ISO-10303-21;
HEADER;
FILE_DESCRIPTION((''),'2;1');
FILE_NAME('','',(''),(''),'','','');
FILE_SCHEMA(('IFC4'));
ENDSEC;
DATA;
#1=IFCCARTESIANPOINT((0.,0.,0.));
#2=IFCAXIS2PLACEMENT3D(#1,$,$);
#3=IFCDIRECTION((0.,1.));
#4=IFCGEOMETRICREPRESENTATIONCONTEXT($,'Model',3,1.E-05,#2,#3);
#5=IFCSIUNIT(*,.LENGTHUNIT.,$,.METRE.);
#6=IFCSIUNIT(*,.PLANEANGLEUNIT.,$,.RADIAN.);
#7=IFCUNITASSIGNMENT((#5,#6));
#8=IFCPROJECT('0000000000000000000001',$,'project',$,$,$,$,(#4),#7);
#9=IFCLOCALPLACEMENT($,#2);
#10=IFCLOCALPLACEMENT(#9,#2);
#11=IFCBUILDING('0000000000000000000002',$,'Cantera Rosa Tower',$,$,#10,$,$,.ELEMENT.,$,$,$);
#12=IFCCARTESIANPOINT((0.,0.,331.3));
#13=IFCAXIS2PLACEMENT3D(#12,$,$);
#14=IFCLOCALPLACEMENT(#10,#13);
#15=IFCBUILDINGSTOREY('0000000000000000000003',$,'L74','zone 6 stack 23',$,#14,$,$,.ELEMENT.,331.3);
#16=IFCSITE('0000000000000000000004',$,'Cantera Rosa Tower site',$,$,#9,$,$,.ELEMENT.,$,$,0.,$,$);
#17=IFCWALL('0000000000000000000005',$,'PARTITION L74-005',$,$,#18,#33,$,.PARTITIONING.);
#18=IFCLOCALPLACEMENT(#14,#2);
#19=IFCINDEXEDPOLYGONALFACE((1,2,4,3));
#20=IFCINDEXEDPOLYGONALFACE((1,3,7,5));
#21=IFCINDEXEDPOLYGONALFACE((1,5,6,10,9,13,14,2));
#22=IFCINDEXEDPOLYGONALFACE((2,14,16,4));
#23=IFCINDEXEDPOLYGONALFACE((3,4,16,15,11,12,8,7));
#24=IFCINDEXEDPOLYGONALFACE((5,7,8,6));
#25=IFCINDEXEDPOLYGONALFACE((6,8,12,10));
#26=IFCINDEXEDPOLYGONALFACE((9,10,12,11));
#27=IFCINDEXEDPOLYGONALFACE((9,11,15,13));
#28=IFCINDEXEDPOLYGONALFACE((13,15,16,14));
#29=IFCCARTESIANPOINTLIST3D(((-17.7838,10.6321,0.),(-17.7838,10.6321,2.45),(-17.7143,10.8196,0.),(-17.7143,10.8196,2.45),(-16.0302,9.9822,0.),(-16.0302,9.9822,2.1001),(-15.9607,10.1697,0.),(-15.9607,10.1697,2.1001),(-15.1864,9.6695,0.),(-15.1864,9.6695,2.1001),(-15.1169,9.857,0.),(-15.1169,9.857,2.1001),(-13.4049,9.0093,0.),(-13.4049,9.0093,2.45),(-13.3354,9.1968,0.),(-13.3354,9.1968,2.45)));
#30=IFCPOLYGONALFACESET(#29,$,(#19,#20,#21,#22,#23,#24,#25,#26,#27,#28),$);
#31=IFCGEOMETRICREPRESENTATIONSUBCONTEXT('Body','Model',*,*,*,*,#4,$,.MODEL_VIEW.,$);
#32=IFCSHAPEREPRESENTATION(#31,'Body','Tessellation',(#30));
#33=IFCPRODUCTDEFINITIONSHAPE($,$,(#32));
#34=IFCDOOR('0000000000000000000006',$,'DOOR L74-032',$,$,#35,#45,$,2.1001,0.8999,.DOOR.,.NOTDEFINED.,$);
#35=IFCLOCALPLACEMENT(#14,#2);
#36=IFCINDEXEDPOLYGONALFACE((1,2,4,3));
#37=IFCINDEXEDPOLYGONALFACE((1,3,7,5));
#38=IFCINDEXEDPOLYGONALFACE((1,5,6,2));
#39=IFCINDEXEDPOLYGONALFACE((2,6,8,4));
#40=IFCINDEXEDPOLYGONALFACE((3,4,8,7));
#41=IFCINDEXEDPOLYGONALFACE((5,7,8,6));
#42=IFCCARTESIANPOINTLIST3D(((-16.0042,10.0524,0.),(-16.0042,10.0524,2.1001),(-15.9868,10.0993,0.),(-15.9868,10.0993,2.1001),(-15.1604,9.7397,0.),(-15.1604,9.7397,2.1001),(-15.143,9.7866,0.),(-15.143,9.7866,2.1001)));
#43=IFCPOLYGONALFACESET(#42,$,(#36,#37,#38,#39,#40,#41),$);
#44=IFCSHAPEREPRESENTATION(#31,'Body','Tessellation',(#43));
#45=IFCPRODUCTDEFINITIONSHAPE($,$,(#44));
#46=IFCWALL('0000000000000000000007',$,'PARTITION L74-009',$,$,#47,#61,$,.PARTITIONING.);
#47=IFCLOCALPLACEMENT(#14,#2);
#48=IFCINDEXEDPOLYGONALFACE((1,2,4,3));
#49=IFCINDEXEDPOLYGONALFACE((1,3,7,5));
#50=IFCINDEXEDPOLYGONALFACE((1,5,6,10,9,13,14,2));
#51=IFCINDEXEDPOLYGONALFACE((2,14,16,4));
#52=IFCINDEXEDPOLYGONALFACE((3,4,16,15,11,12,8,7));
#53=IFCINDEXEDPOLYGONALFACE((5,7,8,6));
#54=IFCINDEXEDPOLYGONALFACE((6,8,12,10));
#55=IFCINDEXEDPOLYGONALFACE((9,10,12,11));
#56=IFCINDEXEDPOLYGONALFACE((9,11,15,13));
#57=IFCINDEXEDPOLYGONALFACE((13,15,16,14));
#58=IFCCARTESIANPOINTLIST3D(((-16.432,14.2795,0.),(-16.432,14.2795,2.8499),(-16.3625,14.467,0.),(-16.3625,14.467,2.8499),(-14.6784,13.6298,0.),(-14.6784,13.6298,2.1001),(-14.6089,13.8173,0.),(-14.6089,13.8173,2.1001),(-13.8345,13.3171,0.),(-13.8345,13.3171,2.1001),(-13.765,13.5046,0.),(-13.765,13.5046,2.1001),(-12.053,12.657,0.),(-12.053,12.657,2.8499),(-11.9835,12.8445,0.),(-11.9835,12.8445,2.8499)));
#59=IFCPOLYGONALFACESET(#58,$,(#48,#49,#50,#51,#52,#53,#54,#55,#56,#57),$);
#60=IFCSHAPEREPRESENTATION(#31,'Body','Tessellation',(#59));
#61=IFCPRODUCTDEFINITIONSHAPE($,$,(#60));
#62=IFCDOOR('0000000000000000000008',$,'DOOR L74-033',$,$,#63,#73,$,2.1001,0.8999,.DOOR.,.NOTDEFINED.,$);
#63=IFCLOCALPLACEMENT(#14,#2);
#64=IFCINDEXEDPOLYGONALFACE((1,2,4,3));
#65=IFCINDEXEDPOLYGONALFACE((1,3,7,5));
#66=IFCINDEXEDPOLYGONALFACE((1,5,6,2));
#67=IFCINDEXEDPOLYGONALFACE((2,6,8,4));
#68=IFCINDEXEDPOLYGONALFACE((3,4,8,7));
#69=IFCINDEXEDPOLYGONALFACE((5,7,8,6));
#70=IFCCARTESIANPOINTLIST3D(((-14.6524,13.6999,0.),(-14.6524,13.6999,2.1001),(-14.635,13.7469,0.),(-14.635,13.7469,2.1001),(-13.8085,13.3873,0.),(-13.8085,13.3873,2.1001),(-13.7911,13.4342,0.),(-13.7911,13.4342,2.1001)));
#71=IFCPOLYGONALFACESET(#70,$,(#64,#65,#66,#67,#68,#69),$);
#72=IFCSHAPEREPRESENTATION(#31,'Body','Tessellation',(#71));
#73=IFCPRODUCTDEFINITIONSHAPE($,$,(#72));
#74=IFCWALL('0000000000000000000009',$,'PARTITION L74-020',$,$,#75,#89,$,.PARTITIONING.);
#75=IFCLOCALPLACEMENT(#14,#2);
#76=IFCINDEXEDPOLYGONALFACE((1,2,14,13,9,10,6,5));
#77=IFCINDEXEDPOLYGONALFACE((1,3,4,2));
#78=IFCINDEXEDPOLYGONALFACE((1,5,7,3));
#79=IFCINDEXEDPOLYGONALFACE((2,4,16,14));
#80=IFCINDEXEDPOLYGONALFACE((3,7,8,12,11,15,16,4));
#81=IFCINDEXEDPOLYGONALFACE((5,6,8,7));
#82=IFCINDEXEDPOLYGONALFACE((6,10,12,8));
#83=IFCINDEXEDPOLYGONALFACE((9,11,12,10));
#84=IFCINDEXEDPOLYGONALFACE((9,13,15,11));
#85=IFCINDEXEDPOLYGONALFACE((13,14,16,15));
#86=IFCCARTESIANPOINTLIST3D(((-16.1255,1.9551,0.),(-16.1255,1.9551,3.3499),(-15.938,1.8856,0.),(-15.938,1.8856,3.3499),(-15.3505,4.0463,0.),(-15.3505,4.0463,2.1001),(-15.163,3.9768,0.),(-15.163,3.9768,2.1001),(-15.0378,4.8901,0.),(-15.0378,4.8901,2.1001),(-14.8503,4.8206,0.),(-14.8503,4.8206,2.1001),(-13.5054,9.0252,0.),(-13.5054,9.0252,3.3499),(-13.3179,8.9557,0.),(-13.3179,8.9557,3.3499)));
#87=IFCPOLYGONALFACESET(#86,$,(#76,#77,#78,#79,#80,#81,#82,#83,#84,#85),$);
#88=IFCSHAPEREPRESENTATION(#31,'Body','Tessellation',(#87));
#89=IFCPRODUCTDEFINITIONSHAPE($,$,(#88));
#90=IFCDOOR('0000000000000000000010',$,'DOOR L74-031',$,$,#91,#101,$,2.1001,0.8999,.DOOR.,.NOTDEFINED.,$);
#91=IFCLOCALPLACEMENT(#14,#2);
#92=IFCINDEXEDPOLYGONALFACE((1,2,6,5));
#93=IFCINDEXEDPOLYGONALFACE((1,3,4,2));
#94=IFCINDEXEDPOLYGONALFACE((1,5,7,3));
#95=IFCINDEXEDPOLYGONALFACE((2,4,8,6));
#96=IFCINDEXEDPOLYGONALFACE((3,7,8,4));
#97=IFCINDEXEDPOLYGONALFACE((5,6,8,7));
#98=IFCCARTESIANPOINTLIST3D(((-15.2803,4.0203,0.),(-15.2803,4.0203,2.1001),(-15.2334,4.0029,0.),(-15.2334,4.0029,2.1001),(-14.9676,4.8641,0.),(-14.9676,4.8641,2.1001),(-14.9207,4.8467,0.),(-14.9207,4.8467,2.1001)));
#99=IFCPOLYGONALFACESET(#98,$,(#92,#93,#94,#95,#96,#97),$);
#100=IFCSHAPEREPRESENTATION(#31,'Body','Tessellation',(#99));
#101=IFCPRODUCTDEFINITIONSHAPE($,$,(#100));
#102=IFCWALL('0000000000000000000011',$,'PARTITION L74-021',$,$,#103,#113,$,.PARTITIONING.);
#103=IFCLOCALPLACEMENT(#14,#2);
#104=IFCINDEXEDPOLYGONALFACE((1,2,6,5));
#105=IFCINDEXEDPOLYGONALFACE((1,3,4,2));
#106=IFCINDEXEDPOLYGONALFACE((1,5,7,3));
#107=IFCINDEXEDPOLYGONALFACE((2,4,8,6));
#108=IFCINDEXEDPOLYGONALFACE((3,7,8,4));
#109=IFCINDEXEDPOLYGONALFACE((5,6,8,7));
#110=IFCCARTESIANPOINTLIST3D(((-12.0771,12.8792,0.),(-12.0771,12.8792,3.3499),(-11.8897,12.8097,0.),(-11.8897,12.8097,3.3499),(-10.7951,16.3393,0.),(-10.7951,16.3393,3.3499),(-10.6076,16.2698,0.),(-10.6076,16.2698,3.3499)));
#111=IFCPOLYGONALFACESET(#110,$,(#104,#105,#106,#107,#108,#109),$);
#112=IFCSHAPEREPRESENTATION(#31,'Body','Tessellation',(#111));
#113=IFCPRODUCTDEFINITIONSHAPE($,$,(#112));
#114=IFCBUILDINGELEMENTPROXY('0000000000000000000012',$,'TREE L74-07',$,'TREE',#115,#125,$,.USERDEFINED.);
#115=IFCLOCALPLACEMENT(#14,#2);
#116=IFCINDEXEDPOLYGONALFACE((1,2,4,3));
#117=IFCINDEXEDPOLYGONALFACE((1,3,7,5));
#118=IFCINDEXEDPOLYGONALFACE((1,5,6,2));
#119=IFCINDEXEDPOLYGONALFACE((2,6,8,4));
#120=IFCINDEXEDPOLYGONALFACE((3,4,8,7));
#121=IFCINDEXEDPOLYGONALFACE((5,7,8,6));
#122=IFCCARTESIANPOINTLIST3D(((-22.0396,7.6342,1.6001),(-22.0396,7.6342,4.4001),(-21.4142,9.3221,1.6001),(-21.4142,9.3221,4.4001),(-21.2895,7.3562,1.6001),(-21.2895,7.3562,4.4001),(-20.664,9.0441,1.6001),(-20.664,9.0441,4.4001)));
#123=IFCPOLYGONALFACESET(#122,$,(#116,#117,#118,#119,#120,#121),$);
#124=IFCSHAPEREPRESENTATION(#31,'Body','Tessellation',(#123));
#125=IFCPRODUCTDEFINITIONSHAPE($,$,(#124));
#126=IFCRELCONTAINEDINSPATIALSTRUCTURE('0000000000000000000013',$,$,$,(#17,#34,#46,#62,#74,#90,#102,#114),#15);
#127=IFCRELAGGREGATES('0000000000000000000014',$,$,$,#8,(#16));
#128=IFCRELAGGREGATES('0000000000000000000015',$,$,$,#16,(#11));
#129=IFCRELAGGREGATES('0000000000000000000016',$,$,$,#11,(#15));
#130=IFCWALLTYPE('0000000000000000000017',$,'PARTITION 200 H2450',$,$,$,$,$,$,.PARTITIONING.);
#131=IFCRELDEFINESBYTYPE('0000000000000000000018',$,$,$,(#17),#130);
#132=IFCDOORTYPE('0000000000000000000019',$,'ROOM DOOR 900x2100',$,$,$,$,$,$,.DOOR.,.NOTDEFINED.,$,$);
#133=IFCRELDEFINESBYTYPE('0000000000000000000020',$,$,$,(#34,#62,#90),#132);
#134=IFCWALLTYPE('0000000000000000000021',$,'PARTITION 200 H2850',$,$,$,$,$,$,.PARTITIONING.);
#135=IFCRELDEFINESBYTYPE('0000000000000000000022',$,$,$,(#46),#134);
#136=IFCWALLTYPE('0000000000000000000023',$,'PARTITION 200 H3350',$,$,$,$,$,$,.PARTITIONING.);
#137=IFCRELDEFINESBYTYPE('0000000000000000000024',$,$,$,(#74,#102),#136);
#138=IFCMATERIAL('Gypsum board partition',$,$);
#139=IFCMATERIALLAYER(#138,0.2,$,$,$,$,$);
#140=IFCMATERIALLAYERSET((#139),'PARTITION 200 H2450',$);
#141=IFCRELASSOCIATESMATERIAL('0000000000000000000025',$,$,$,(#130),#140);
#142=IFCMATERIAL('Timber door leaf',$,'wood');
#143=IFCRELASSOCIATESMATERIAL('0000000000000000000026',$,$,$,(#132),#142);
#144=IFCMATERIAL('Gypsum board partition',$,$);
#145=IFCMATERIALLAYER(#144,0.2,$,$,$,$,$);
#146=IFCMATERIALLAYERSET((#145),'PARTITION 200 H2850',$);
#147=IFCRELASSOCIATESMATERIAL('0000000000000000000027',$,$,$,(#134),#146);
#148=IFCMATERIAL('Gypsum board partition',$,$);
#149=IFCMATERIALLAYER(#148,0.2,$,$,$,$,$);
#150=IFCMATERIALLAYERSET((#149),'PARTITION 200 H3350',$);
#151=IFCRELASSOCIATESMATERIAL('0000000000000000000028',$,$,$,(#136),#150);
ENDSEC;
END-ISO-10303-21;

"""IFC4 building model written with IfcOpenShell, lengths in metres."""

from ifc_helpers import new_model, si_unit, direction, frame, frame_2d, origin, origin_2d, place, context, subcontext, project, spatial, rectangle, extrude, material, layer, layer_set, type_object, element, fill, save


model = new_model("IFC4")

# Units and contexts
model_context = context("Model", 3, precision=1e-05, world=origin(), true_north=direction((0.0, 1.0)))
body_context = subcontext(model_context, "Body", "Model", "MODEL_VIEW")
ifc_project = project(units=[si_unit("LENGTHUNIT", "METRE"), si_unit("PLANEANGLEUNIT", "RADIAN")], contexts=[model_context])

# Site, building, storey
site_placement = place(None, origin())
site = spatial("IfcSite", under=ifc_project, at=site_placement, Name="Cantera Rosa Tower site", CompositionType="ELEMENT", RefElevation=0.0)
building_placement = place(site_placement, origin())
building = spatial("IfcBuilding", under=site, at=building_placement, Name="Cantera Rosa Tower", CompositionType="ELEMENT")
storey_placement = place(building_placement, frame((0.0, 0.0, 331.3)))
storey = spatial("IfcBuildingStorey", under=building, at=storey_placement, Name="L74", Description="zone 6 stack 23", CompositionType="ELEMENT", Elevation=331.3)

# Walls, openings, doors
ifc_material_1 = material(Name="Gypsum board partition")
ifc_layer_1 = layer(ifc_material_1, 0.2)
ifc_layer_set_1 = layer_set([ifc_layer_1], Name="PARTITION 200 H2450")
wall_type_1 = type_object("IfcWallType", Name="PARTITION 200 H2450", PredefinedType="PARTITIONING", material=ifc_layer_set_1)
wall_1_placement = place(storey_placement, frame((-17.749, 10.7258, 0.0), z_axis=(0.0, 0.0, 1.0), x_axis=(0.93768, -0.3475, 0.0)))
wall_1 = element("IfcWall", 1, at=wall_1_placement, inside=storey, type_object=wall_type_1, Name="PARTITION L74-005", PredefinedType="PARTITIONING", context=body_context, shape_type="SweptSolid", body=[
    extrude(rectangle(XDim=4.6699, YDim=0.2, at=frame_2d((2.335, 0.0))), origin(), (0.0, 0.0, 1.0), 2.45),
])
opening_1_placement = place(wall_1_placement, frame((1.8701, 0.0, 0.0)))
opening_1 = element("IfcOpeningElement", 2, at=opening_1_placement, cuts=wall_1, PredefinedType="OPENING", context=body_context, shape_type="SweptSolid", body=[
    extrude(rectangle(XDim=0.8999, YDim=2.1001, at=frame_2d((0.45, 1.05))), frame((0.0, 0.1099, 0.0), z_axis=(0.0, -1.0, 0.0), x_axis=(1.0, 0.0, 0.0)), (0.0, 0.0, 1.0), 0.22),
])
ifc_material_2 = material(Name="Timber door leaf", Category="wood")
door_type_1 = type_object("IfcDoorType", Name="ROOM DOOR 900x2100", OperationType="NOTDEFINED", PredefinedType="DOOR", material=ifc_material_2)
door_1_placement = place(opening_1_placement, origin())
door_1 = element("IfcDoor", 3, at=door_1_placement, inside=storey, type_object=door_type_1, Name="DOOR L74-032", OperationType="NOTDEFINED", OverallHeight=2.1001, OverallWidth=0.8999, PredefinedType="DOOR", context=body_context, shape_type="SweptSolid", body=[
    extrude(rectangle(XDim=0.8999, YDim=2.1001, at=frame_2d((0.45, 1.05))), frame((0.0, 0.0249, 0.0), z_axis=(0.0, -1.0, 0.0), x_axis=(1.0, 0.0, 0.0)), (0.0, 0.0, 1.0), 0.05),
])
fill(opening_1, door_1)
ifc_material_3 = material(Name="Gypsum board partition")
ifc_layer_2 = layer(ifc_material_3, 0.2)
ifc_layer_set_2 = layer_set([ifc_layer_2], Name="PARTITION 200 H2850")
wall_type_2 = type_object("IfcWallType", Name="PARTITION 200 H2850", PredefinedType="PARTITIONING", material=ifc_layer_set_2)
wall_2_placement = place(storey_placement, frame((-16.3972, 14.3733, 0.0), z_axis=(0.0, 0.0, 1.0), x_axis=(0.937697, -0.347454, 0.0)))
wall_2 = element("IfcWall", 4, at=wall_2_placement, inside=storey, type_object=wall_type_2, Name="PARTITION L74-009", PredefinedType="PARTITIONING", context=body_context, shape_type="SweptSolid", body=[
    extrude(rectangle(XDim=4.6699, YDim=0.2, at=frame_2d((2.335, 0.0))), origin(), (0.0, 0.0, 1.0), 2.8499),
])
opening_2_placement = place(wall_2_placement, frame((1.8701, 0.0, 0.0)))
opening_2 = element("IfcOpeningElement", 5, at=opening_2_placement, cuts=wall_2, PredefinedType="OPENING", context=body_context, shape_type="SweptSolid", body=[
    extrude(rectangle(XDim=0.8999, YDim=2.1001, at=frame_2d((0.45, 1.05))), frame((0.0, 0.1099, 0.0), z_axis=(0.0, -1.0, 0.0), x_axis=(1.0, 0.0, 0.0)), (0.0, 0.0, 1.0), 0.22),
])
door_2_placement = place(opening_2_placement, origin())
door_2 = element("IfcDoor", 6, at=door_2_placement, inside=storey, type_object=door_type_1, Name="DOOR L74-033", OperationType="NOTDEFINED", OverallHeight=2.1001, OverallWidth=0.8999, PredefinedType="DOOR", context=body_context, shape_type="SweptSolid", body=[
    extrude(rectangle(XDim=0.8999, YDim=2.1001, at=frame_2d((0.45, 1.05))), frame((0.0, 0.0249, 0.0), z_axis=(0.0, -1.0, 0.0), x_axis=(1.0, 0.0, 0.0)), (0.0, 0.0, 1.0), 0.05),
])
fill(opening_2, door_2)
ifc_material_4 = material(Name="Gypsum board partition")
ifc_layer_3 = layer(ifc_material_4, 0.2)
ifc_layer_set_3 = layer_set([ifc_layer_3], Name="PARTITION 200 H3350")
wall_type_3 = type_object("IfcWallType", Name="PARTITION 200 H3350", PredefinedType="PARTITIONING", material=ifc_layer_set_3)
wall_3_placement = place(storey_placement, frame((-13.4116, 8.9905, 0.0), z_axis=(0.0, 0.0, 1.0), x_axis=(-0.347498, -0.937681, 0.0)))
wall_3 = element("IfcWall", 7, at=wall_3_placement, inside=storey, type_object=wall_type_3, Name="PARTITION L74-020", PredefinedType="PARTITIONING", context=body_context, shape_type="SweptSolid", body=[
    extrude(rectangle(XDim=7.54, YDim=0.2, at=frame_2d((3.77, 0.0))), origin(), (0.0, 0.0, 1.0), 3.3499),
])
opening_3_placement = place(wall_3_placement, frame((4.4099, 0.0, 0.0)))
opening_3 = element("IfcOpeningElement", 8, at=opening_3_placement, cuts=wall_3, PredefinedType="OPENING", context=body_context, shape_type="SweptSolid", body=[
    extrude(rectangle(XDim=0.8999, YDim=2.1001, at=frame_2d((0.45, 1.05))), frame((0.0, 0.1099, 0.0), z_axis=(0.0, -1.0, 0.0), x_axis=(1.0, 0.0, 0.0)), (0.0, 0.0, 1.0), 0.22),
])
door_3_placement = place(opening_3_placement, origin())
door_3 = element("IfcDoor", 9, at=door_3_placement, inside=storey, type_object=door_type_1, Name="DOOR L74-031", OperationType="NOTDEFINED", OverallHeight=2.1001, OverallWidth=0.8999, PredefinedType="DOOR", context=body_context, shape_type="SweptSolid", body=[
    extrude(rectangle(XDim=0.8999, YDim=2.1001, at=frame_2d((0.45, 1.05))), frame((0.0, 0.0249, 0.0), z_axis=(0.0, -1.0, 0.0), x_axis=(1.0, 0.0, 0.0)), (0.0, 0.0, 1.0), 0.05),
])
fill(opening_3, door_3)

# Wall
wall_4_placement = place(storey_placement, frame((-11.9834, 12.8445, 0.0), z_axis=(0.0, 0.0, 1.0), x_axis=(0.347437, 0.937703, 0.0)))
element("IfcWall", 10, at=wall_4_placement, inside=storey, type_object=wall_type_3, Name="PARTITION L74-021", PredefinedType="PARTITIONING", context=body_context, shape_type="SweptSolid", body=[
    extrude(rectangle(XDim=3.6899, YDim=0.2, at=frame_2d((1.845, 0.0))), origin(), (0.0, 0.0, 1.0), 3.3499),
])

# Building element proxy
proxy_placement = place(storey_placement, frame((-21.3518, 8.3391, 1.6001), z_axis=(0.0, 0.0, 1.0), x_axis=(-0.347481, -0.937687, 0.0)))
element("IfcBuildingElementProxy", 11, at=proxy_placement, inside=storey, Name="TREE L74-07", ObjectType="TREE", PredefinedType="USERDEFINED", context=body_context, shape_type="SweptSolid", body=[
    extrude(rectangle(XDim=1.8, YDim=0.8, at=origin_2d()), origin(), (0.0, 0.0, 1.0), 2.8),
])

save(model, "model.ifc")
